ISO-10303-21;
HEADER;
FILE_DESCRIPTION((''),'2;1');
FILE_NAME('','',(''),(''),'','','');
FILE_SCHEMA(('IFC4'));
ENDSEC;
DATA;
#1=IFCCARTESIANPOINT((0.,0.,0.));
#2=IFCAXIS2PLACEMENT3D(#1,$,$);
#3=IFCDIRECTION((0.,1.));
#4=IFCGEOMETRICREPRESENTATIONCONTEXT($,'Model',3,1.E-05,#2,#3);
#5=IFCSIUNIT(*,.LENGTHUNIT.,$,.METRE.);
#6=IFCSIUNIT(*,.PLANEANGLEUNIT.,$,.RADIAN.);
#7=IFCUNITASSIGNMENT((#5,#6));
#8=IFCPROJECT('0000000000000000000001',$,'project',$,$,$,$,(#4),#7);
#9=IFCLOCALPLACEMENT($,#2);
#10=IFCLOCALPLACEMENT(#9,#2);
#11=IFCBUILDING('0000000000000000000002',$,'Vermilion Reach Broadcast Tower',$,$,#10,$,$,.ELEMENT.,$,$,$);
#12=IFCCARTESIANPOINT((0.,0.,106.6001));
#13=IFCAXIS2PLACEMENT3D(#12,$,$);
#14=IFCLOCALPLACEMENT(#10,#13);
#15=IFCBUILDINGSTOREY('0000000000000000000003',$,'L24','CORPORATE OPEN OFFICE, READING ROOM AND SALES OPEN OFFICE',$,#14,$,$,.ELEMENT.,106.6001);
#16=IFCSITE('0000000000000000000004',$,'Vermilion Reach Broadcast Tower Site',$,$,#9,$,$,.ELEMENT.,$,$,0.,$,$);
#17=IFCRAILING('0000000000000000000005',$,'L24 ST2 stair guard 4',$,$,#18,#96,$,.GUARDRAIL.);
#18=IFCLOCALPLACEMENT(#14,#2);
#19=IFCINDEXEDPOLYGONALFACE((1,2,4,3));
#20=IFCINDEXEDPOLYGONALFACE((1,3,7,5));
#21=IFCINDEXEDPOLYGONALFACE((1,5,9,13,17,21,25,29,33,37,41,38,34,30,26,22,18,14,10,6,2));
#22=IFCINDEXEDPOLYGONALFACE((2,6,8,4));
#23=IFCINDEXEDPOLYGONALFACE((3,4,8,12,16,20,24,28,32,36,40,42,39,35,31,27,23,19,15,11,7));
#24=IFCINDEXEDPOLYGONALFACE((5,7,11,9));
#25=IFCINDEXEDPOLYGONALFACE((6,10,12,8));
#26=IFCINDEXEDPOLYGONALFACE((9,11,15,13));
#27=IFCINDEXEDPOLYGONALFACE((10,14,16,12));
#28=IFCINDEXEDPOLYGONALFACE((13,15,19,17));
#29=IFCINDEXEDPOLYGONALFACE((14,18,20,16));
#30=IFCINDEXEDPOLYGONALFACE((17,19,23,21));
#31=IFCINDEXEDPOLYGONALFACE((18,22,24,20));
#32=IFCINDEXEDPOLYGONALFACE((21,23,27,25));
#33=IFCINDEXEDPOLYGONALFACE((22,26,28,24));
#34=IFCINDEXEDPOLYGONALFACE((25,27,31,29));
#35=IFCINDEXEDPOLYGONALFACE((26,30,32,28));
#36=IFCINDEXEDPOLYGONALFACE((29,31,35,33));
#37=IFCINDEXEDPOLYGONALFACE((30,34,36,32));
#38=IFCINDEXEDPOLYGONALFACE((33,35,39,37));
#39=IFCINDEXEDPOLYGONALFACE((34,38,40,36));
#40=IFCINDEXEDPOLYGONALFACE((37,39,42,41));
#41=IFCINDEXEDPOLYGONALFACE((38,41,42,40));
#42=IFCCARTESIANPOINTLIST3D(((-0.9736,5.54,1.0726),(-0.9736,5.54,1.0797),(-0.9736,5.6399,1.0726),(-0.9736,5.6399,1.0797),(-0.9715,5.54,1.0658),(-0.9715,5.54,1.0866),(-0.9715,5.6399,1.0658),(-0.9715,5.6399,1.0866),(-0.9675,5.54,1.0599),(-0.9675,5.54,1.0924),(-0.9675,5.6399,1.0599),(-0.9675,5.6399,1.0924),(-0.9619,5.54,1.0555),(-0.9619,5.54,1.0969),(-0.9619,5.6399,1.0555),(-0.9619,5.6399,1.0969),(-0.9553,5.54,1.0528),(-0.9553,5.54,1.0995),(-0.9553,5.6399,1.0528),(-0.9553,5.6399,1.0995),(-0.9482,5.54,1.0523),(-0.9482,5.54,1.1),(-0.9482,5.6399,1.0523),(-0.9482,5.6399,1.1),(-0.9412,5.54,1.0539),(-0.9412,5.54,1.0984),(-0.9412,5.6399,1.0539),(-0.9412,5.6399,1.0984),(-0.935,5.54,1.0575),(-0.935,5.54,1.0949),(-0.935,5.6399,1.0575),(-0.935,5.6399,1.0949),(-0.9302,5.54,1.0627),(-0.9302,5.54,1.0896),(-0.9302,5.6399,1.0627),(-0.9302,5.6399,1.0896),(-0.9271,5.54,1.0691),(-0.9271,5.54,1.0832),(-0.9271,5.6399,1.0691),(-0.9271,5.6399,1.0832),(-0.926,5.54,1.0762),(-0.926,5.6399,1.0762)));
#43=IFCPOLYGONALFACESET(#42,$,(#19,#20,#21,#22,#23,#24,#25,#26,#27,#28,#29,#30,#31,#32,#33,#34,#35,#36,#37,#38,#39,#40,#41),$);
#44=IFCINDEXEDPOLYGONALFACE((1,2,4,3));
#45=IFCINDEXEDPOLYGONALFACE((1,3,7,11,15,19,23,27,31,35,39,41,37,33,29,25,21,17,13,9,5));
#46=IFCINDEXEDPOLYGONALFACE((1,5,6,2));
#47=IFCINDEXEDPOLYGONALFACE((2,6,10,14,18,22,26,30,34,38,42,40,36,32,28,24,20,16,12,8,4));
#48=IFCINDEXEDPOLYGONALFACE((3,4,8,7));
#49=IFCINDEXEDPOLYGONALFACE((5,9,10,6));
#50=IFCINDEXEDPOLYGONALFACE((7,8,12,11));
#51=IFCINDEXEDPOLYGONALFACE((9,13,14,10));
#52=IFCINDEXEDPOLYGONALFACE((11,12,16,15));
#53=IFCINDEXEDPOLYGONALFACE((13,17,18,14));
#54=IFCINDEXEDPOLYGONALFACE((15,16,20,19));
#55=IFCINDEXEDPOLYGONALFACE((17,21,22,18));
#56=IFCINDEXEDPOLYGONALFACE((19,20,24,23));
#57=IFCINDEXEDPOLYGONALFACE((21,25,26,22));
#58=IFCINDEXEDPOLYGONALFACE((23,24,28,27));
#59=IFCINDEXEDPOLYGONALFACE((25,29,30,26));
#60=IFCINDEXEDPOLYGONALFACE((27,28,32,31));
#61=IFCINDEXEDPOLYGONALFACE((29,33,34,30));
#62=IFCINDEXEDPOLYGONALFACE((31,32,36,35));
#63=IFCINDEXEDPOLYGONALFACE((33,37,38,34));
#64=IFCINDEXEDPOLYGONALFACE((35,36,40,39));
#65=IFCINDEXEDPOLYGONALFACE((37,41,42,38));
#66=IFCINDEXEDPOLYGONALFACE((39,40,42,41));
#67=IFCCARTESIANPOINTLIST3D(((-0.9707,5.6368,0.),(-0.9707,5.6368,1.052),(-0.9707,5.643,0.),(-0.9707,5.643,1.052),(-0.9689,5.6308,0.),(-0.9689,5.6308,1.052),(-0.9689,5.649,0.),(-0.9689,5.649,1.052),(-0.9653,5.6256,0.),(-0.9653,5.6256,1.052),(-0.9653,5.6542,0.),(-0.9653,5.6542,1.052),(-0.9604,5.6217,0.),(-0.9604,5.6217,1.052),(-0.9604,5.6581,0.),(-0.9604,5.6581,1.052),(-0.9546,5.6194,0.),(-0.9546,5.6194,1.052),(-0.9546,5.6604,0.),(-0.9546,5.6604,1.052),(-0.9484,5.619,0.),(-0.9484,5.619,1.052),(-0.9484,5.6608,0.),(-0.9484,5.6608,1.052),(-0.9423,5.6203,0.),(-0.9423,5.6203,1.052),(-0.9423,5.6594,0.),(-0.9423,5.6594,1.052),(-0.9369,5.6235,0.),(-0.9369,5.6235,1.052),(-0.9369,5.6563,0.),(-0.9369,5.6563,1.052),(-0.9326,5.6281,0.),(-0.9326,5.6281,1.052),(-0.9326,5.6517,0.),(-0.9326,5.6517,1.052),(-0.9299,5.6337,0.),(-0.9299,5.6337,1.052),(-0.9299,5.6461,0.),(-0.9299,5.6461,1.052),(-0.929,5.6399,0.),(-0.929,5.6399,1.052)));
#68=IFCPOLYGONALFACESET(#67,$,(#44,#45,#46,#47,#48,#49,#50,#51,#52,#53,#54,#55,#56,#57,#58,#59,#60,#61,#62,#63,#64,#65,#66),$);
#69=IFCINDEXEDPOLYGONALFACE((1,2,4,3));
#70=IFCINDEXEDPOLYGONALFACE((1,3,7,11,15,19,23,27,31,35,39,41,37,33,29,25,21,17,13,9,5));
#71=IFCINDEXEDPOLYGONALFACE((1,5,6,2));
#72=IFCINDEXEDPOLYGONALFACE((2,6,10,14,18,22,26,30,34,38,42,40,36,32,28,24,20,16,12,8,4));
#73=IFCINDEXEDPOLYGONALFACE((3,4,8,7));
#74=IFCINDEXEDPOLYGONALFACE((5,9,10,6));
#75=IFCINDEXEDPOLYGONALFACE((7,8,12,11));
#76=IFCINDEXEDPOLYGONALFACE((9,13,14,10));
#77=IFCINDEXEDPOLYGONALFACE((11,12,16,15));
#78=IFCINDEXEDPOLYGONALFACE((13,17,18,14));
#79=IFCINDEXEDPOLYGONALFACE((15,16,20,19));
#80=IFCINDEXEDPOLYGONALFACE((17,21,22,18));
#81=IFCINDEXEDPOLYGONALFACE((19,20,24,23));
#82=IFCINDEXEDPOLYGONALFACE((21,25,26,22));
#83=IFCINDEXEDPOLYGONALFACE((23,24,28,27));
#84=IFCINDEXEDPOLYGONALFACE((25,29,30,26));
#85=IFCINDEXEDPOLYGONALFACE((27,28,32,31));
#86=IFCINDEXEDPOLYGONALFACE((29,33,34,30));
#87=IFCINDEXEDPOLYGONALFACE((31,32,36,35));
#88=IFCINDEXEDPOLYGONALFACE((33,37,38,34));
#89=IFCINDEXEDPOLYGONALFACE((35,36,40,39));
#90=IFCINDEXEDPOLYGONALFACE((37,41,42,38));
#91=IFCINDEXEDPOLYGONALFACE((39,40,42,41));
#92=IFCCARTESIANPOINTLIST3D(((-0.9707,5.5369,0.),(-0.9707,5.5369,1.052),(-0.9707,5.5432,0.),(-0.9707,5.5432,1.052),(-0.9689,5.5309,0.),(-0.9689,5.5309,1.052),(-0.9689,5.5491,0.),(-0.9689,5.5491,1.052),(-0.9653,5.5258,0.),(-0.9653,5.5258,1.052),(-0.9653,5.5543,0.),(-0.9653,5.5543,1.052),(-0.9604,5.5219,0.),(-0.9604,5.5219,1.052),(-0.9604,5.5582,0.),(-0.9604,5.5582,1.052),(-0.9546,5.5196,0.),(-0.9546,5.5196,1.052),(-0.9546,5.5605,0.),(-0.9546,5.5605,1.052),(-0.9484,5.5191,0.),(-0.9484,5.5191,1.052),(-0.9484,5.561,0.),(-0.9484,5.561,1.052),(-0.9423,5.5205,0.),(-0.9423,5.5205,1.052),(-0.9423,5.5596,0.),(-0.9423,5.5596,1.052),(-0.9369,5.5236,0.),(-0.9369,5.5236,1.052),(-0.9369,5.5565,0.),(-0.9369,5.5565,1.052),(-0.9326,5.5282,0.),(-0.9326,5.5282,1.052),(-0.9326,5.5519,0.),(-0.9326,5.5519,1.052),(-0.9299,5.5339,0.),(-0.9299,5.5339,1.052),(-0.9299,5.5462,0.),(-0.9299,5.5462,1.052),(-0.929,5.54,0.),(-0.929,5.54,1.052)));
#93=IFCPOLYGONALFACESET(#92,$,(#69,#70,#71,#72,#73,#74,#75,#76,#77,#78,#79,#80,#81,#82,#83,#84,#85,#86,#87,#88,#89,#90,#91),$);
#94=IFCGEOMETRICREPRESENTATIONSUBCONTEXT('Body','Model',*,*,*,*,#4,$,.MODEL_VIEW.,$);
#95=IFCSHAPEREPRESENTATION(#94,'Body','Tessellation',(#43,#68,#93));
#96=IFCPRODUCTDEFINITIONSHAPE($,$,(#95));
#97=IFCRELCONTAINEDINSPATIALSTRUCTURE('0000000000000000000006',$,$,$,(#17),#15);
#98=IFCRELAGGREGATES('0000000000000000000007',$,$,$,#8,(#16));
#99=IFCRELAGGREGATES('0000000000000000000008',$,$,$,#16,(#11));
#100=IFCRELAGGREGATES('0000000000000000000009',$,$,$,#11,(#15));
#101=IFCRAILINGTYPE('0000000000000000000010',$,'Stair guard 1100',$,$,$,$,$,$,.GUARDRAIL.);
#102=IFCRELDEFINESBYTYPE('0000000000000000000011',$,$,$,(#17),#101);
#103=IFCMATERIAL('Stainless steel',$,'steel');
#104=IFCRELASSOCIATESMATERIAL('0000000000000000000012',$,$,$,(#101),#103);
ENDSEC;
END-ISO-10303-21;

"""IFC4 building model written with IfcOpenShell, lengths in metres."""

from ifc_helpers import new_model, si_unit, direction, frame, origin, origin_2d, place, context, subcontext, project, spatial, circle, extrude, material, type_object, element, save


model = new_model("IFC4")

# Units and contexts
model_context = context("Model", 3, precision=1e-05, world=origin(), true_north=direction((0.0, 1.0)))
body_context = subcontext(model_context, "Body", "Model", "MODEL_VIEW")
ifc_project = project(units=[si_unit("LENGTHUNIT", "METRE"), si_unit("PLANEANGLEUNIT", "RADIAN")], contexts=[model_context])

# Site, building, storey
site_placement = place(None, origin())
site = spatial("IfcSite", under=ifc_project, at=site_placement, Name="Vermilion Reach Broadcast Tower Site", CompositionType="ELEMENT", RefElevation=0.0)
building_placement = place(site_placement, origin())
building = spatial("IfcBuilding", under=site, at=building_placement, Name="Vermilion Reach Broadcast Tower", CompositionType="ELEMENT")
storey_placement = place(building_placement, frame((0.0, 0.0, 106.6001)))
storey = spatial("IfcBuildingStorey", under=building, at=storey_placement, Name="L24", Description="CORPORATE OPEN OFFICE, READING ROOM AND SALES OPEN OFFICE", CompositionType="ELEMENT", Elevation=106.6001)

# Railing
ifc_material_1 = material(Name="Stainless steel", Category="steel")
railing_type_1 = type_object("IfcRailingType", Name="Stair guard 1100", PredefinedType="GUARDRAIL", material=ifc_material_1)
railing_1_placement = place(storey_placement, frame((-0.95, 5.6399, 0.0)))
element("IfcRailing", 1, at=railing_1_placement, inside=storey, type_object=railing_type_1, Name="L24 ST2 stair guard 4", PredefinedType="GUARDRAIL", context=body_context, shape_type="SweptSolid", body=[
    extrude(circle(Radius=0.0239, at=origin_2d()), frame((0.0, 0.0, 1.0762), z_axis=(0.0, -1.0, 0.0), x_axis=(1.0, 0.0, 0.0)), (0.0, 0.0, 1.0), 0.0999),
    extrude(circle(Radius=0.021, at=origin_2d()), origin(), (0.0, 0.0, 1.0), 1.052),
    extrude(circle(Radius=0.021, at=origin_2d()), frame((0.0, -0.0999, 0.0)), (0.0, 0.0, 1.0), 1.052),
])

save(model, "model.ifc")
